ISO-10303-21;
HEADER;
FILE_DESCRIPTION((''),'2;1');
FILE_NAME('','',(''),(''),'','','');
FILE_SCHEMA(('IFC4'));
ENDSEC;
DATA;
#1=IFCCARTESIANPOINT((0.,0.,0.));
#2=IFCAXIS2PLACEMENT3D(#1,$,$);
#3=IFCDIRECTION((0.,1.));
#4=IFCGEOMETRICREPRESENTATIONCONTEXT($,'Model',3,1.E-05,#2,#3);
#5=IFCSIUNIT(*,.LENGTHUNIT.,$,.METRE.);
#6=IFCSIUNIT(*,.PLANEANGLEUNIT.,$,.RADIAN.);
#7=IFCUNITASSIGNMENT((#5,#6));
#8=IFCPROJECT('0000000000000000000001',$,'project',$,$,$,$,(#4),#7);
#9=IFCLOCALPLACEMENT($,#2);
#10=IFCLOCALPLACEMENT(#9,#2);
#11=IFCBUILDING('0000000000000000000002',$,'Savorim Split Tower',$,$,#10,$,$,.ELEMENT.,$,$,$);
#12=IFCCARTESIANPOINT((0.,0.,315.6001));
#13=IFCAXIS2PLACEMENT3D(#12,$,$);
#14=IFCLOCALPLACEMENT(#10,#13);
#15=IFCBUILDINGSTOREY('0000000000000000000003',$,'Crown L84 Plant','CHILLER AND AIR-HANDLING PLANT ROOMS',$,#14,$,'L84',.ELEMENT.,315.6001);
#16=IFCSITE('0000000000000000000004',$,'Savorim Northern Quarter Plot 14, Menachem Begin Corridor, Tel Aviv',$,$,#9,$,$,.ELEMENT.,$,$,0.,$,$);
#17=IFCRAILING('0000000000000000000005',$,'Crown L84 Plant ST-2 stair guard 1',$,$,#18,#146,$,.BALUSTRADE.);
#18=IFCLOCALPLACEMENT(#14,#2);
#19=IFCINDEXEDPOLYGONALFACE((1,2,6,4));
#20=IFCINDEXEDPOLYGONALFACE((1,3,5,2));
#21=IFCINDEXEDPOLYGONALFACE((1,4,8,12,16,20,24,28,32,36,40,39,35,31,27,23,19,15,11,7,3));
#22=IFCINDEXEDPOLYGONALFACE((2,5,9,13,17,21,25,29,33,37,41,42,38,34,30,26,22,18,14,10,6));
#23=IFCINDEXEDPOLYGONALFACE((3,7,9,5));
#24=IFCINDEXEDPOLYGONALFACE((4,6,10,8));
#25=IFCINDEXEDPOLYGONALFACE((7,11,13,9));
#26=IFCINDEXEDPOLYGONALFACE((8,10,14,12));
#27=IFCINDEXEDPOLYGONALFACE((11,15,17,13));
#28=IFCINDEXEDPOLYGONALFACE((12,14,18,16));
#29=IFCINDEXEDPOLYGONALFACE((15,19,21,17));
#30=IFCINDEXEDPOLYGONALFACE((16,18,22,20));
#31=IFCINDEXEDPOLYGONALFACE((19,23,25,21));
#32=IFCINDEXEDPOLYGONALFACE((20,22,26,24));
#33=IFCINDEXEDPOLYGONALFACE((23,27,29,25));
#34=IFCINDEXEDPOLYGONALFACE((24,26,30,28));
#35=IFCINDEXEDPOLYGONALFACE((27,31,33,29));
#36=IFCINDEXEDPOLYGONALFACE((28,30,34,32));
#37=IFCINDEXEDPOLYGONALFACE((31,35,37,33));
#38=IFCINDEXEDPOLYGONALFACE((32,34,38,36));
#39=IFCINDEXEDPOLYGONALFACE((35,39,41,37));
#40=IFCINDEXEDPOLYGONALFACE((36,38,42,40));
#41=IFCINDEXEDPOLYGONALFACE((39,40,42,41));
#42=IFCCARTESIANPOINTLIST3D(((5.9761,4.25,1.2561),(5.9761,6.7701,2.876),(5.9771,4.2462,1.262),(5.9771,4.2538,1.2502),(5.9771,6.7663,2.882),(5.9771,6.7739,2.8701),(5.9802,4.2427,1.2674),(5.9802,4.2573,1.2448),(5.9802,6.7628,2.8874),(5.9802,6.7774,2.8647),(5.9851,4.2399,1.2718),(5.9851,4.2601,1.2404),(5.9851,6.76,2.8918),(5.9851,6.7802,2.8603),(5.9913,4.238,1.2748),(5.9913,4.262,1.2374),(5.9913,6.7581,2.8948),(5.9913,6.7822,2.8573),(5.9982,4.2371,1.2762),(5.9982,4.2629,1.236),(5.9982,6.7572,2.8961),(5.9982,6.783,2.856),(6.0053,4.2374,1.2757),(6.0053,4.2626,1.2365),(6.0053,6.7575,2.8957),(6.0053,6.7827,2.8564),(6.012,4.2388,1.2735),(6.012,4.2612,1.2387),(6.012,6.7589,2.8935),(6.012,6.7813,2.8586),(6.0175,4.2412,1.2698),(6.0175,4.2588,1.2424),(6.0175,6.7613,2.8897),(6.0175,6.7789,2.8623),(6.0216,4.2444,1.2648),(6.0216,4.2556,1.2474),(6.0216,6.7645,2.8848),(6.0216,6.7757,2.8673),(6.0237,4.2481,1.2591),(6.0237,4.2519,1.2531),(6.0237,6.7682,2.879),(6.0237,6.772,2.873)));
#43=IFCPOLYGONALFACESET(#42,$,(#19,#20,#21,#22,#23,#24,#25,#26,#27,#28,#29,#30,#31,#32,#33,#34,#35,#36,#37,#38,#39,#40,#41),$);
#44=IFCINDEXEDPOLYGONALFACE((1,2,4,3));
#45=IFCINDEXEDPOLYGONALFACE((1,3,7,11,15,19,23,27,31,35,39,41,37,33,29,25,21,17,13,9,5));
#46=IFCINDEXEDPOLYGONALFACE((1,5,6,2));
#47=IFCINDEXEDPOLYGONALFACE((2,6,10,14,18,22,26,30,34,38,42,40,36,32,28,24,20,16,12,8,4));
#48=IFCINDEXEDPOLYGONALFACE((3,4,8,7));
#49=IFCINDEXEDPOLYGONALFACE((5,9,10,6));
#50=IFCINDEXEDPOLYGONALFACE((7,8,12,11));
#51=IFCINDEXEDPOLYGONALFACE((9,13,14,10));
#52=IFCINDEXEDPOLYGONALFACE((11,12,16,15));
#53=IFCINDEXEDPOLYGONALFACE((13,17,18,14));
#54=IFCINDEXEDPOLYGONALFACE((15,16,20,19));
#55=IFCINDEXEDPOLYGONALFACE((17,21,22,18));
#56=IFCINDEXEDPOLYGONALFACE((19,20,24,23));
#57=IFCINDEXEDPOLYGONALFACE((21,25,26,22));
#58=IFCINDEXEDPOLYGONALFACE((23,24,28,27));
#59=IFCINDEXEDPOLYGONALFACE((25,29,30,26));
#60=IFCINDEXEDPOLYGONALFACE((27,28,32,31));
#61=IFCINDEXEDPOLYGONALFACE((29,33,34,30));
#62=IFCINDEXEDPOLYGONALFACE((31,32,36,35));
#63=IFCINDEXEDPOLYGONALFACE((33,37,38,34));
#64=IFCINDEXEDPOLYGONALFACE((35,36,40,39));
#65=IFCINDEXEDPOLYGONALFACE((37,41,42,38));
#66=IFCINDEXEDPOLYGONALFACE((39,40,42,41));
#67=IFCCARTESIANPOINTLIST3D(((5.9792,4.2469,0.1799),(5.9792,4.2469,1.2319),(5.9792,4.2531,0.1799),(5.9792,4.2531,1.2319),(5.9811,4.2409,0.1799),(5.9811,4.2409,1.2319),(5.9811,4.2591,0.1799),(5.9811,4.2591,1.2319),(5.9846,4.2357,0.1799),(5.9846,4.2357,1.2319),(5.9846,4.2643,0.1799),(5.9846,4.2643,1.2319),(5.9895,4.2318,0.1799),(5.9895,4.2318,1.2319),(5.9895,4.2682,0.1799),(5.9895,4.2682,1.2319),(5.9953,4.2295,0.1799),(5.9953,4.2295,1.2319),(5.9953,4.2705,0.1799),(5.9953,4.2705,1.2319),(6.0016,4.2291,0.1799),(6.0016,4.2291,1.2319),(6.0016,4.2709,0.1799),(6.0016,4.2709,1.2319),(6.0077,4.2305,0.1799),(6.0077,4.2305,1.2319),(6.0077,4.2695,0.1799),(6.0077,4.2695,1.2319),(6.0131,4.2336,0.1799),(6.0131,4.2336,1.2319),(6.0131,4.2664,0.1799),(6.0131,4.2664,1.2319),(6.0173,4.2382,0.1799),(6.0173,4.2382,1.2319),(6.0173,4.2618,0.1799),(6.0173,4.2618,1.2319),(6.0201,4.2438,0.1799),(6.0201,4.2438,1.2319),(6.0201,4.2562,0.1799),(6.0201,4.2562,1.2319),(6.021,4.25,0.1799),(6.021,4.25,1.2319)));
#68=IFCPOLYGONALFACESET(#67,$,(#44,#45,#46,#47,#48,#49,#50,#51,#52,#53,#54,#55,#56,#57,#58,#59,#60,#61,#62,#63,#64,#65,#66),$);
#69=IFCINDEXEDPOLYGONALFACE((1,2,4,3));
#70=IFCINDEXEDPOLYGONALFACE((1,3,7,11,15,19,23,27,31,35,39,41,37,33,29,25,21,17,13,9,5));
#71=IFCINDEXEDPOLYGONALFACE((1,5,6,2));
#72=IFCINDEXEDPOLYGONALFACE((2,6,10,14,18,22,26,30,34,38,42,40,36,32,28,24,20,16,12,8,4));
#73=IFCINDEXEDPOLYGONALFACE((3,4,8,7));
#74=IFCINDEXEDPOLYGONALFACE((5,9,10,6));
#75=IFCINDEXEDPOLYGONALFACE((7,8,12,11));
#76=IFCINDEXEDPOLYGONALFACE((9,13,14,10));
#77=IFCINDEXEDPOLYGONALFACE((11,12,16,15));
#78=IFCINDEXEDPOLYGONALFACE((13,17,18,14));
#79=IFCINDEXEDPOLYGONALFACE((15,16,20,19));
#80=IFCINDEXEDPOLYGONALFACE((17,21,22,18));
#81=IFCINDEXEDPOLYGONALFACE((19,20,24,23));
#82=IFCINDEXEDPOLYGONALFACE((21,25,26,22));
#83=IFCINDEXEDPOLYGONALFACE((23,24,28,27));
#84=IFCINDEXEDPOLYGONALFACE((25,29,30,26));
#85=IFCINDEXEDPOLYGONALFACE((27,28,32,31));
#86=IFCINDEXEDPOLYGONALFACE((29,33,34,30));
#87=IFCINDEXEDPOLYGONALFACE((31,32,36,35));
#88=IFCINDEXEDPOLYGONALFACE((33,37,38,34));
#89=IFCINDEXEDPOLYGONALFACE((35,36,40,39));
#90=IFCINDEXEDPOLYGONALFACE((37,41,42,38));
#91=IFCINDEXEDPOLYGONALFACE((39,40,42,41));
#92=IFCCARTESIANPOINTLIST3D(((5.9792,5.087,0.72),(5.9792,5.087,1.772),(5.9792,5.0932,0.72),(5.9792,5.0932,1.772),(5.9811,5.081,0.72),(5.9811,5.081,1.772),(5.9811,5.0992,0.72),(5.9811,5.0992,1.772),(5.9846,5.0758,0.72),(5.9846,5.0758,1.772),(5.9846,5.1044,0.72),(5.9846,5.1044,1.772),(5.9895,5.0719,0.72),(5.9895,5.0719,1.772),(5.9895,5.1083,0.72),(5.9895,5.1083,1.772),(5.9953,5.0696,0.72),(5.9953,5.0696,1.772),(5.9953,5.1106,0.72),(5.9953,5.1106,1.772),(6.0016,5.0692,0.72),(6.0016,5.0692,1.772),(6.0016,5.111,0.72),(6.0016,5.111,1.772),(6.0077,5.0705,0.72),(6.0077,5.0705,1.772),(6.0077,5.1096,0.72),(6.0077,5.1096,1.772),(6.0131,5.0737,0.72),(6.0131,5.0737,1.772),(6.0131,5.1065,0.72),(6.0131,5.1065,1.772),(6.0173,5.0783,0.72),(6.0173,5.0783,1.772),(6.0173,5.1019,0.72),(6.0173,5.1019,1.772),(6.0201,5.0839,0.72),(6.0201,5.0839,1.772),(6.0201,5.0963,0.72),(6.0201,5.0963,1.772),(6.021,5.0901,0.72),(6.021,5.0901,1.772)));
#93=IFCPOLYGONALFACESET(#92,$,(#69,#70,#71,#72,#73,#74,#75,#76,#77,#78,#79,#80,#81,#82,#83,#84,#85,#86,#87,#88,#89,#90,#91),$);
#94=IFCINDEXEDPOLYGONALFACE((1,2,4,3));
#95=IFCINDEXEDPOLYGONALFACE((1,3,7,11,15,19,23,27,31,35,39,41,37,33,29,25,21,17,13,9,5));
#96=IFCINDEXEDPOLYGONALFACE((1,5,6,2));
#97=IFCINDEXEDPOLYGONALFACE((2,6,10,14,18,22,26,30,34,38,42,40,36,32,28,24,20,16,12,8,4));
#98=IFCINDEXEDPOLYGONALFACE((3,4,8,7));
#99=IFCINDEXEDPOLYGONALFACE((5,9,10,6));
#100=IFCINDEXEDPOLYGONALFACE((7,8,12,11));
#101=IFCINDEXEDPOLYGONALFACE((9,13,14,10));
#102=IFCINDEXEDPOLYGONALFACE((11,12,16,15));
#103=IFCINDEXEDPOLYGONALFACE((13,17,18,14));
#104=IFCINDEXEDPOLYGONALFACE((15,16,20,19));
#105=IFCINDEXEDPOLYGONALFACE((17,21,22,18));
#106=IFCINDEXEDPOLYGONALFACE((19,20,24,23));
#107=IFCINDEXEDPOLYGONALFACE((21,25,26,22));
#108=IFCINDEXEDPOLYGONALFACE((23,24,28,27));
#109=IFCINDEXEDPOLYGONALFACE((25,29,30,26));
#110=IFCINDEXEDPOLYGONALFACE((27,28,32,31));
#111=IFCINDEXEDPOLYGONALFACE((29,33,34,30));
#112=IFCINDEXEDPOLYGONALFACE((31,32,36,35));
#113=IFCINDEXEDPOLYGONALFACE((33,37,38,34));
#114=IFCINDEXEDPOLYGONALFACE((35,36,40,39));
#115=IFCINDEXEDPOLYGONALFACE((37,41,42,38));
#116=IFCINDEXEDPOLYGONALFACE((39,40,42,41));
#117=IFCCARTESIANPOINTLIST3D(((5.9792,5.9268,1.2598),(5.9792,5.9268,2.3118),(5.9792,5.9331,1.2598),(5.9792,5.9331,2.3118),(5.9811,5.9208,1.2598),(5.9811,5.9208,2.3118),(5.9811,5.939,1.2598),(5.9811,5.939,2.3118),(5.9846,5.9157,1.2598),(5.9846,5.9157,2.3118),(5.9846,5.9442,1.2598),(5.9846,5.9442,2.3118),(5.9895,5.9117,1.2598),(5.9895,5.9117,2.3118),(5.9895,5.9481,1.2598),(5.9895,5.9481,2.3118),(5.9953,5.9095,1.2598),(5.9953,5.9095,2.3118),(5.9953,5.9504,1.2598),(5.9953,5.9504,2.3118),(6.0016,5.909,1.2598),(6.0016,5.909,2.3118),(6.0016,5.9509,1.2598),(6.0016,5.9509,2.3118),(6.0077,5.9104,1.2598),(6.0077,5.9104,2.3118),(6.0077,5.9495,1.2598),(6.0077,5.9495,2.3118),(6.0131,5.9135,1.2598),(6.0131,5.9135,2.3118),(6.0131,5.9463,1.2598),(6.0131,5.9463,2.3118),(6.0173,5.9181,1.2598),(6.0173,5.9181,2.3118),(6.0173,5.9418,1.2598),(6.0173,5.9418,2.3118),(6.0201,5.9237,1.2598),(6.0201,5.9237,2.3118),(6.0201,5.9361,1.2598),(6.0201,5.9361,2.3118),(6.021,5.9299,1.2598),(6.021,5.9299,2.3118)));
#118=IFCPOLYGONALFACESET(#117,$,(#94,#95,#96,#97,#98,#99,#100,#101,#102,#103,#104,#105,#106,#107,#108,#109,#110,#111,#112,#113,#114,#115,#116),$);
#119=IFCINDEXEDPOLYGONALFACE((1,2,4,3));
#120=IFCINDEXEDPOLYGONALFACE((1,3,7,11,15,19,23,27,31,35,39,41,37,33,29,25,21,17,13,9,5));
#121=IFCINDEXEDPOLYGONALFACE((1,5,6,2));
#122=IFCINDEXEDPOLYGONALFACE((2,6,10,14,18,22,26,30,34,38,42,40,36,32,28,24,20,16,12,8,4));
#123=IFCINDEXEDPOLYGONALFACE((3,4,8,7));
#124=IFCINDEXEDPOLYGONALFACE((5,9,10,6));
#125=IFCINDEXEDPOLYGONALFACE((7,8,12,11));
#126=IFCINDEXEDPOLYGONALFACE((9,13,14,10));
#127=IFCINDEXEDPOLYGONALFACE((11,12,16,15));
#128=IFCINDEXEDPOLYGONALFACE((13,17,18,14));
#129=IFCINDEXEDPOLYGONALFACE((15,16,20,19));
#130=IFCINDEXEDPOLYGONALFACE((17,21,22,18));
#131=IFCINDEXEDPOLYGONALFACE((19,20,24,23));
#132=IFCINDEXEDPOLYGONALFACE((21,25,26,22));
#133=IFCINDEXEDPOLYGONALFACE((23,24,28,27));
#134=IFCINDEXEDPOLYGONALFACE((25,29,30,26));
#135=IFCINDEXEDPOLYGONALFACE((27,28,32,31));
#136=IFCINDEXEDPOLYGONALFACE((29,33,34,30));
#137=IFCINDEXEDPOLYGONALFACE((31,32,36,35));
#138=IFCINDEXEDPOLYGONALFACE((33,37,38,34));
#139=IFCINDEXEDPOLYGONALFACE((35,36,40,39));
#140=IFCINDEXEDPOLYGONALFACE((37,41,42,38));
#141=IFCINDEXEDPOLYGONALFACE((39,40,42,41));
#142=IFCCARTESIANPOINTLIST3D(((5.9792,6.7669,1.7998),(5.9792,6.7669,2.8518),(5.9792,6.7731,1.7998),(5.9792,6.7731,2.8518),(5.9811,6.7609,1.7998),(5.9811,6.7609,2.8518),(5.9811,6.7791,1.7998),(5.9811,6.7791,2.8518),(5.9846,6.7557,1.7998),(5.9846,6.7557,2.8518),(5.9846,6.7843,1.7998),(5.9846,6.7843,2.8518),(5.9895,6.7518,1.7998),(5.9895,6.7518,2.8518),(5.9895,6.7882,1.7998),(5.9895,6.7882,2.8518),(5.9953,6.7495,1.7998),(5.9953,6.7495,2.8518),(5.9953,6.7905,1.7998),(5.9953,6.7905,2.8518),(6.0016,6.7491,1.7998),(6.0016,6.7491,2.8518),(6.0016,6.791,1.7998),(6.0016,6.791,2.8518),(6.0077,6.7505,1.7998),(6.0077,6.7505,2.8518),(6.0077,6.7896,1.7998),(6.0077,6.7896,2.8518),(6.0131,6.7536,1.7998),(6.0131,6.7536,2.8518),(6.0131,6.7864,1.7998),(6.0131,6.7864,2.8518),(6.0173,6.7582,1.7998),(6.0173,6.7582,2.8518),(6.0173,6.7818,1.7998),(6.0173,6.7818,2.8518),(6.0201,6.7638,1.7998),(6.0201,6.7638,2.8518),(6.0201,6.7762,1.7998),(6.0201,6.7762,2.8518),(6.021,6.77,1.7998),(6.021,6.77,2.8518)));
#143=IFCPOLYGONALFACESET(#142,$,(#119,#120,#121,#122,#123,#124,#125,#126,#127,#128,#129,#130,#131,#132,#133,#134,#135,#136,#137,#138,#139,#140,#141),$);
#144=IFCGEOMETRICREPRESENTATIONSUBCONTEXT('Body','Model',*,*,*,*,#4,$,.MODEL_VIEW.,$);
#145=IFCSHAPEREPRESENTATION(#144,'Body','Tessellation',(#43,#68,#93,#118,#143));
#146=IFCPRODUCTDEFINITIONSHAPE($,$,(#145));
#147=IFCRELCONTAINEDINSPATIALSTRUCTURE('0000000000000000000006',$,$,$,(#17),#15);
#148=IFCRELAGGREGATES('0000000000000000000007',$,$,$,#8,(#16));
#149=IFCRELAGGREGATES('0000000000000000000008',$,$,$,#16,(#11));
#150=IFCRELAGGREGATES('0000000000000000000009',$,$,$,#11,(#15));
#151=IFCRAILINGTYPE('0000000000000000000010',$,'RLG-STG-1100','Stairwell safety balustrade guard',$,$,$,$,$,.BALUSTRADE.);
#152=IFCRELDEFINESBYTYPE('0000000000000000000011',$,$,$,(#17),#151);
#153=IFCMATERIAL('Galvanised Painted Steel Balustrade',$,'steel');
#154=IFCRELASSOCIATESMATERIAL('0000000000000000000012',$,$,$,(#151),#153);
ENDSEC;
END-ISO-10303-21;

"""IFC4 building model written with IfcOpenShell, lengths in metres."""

from ifc_helpers import new_model, si_unit, direction, frame, origin, origin_2d, place, context, subcontext, project, spatial, circle, extrude, material, type_object, element, save


model = new_model("IFC4")

# Units and contexts
model_context = context("Model", 3, precision=1e-05, world=origin(), true_north=direction((0.0, 1.0)))
body_context = subcontext(model_context, "Body", "Model", "MODEL_VIEW")
ifc_project = project(units=[si_unit("LENGTHUNIT", "METRE"), si_unit("PLANEANGLEUNIT", "RADIAN")], contexts=[model_context])

# Site, building, storey
site_placement = place(None, origin())
site = spatial("IfcSite", under=ifc_project, at=site_placement, Name="Savorim Northern Quarter Plot 14, Menachem Begin Corridor, Tel Aviv", CompositionType="ELEMENT", RefElevation=0.0)
building_placement = place(site_placement, origin())
building = spatial("IfcBuilding", under=site, at=building_placement, Name="Savorim Split Tower", CompositionType="ELEMENT")
storey_placement = place(building_placement, frame((0.0, 0.0, 315.6001)))
storey = spatial("IfcBuildingStorey", under=building, at=storey_placement, Name="Crown L84 Plant", Description="CHILLER AND AIR-HANDLING PLANT ROOMS", LongName="L84", CompositionType="ELEMENT", Elevation=315.6001)

# Railing
ifc_material_1 = material(Name="Galvanised Painted Steel Balustrade", Category="steel")
railing_type_1 = type_object("IfcRailingType", Name="RLG-STG-1100", Description="Stairwell safety balustrade guard", PredefinedType="BALUSTRADE", material=ifc_material_1)
railing_1_placement = place(storey_placement, frame((6.0, 4.25, 0.1799)))
element("IfcRailing", 1, at=railing_1_placement, inside=storey, type_object=railing_type_1, Name="Crown L84 Plant ST-2 stair guard 1", PredefinedType="BALUSTRADE", context=body_context, shape_type="SweptSolid", body=[
    extrude(circle(Radius=0.0239, at=origin_2d()), frame((0.0, 0.0, 1.0762), z_axis=(0.0, 0.8412, 0.540725), x_axis=(-1.0, 0.0, 0.0)), (0.0, 0.0, 1.0), 2.9958),
    extrude(circle(Radius=0.021, at=origin_2d()), origin(), (0.0, 0.0, 1.0), 1.052),
    extrude(circle(Radius=0.021, at=origin_2d()), frame((0.0, 0.8401, 0.54)), (0.0, 0.0, 1.0), 1.052),
    extrude(circle(Radius=0.021, at=origin_2d()), frame((0.0, 1.6799, 1.0798)), (0.0, 0.0, 1.0), 1.052),
    extrude(circle(Radius=0.021, at=origin_2d()), frame((0.0, 2.52, 1.6199)), (0.0, 0.0, 1.0), 1.052),
])

save(model, "model.ifc")
